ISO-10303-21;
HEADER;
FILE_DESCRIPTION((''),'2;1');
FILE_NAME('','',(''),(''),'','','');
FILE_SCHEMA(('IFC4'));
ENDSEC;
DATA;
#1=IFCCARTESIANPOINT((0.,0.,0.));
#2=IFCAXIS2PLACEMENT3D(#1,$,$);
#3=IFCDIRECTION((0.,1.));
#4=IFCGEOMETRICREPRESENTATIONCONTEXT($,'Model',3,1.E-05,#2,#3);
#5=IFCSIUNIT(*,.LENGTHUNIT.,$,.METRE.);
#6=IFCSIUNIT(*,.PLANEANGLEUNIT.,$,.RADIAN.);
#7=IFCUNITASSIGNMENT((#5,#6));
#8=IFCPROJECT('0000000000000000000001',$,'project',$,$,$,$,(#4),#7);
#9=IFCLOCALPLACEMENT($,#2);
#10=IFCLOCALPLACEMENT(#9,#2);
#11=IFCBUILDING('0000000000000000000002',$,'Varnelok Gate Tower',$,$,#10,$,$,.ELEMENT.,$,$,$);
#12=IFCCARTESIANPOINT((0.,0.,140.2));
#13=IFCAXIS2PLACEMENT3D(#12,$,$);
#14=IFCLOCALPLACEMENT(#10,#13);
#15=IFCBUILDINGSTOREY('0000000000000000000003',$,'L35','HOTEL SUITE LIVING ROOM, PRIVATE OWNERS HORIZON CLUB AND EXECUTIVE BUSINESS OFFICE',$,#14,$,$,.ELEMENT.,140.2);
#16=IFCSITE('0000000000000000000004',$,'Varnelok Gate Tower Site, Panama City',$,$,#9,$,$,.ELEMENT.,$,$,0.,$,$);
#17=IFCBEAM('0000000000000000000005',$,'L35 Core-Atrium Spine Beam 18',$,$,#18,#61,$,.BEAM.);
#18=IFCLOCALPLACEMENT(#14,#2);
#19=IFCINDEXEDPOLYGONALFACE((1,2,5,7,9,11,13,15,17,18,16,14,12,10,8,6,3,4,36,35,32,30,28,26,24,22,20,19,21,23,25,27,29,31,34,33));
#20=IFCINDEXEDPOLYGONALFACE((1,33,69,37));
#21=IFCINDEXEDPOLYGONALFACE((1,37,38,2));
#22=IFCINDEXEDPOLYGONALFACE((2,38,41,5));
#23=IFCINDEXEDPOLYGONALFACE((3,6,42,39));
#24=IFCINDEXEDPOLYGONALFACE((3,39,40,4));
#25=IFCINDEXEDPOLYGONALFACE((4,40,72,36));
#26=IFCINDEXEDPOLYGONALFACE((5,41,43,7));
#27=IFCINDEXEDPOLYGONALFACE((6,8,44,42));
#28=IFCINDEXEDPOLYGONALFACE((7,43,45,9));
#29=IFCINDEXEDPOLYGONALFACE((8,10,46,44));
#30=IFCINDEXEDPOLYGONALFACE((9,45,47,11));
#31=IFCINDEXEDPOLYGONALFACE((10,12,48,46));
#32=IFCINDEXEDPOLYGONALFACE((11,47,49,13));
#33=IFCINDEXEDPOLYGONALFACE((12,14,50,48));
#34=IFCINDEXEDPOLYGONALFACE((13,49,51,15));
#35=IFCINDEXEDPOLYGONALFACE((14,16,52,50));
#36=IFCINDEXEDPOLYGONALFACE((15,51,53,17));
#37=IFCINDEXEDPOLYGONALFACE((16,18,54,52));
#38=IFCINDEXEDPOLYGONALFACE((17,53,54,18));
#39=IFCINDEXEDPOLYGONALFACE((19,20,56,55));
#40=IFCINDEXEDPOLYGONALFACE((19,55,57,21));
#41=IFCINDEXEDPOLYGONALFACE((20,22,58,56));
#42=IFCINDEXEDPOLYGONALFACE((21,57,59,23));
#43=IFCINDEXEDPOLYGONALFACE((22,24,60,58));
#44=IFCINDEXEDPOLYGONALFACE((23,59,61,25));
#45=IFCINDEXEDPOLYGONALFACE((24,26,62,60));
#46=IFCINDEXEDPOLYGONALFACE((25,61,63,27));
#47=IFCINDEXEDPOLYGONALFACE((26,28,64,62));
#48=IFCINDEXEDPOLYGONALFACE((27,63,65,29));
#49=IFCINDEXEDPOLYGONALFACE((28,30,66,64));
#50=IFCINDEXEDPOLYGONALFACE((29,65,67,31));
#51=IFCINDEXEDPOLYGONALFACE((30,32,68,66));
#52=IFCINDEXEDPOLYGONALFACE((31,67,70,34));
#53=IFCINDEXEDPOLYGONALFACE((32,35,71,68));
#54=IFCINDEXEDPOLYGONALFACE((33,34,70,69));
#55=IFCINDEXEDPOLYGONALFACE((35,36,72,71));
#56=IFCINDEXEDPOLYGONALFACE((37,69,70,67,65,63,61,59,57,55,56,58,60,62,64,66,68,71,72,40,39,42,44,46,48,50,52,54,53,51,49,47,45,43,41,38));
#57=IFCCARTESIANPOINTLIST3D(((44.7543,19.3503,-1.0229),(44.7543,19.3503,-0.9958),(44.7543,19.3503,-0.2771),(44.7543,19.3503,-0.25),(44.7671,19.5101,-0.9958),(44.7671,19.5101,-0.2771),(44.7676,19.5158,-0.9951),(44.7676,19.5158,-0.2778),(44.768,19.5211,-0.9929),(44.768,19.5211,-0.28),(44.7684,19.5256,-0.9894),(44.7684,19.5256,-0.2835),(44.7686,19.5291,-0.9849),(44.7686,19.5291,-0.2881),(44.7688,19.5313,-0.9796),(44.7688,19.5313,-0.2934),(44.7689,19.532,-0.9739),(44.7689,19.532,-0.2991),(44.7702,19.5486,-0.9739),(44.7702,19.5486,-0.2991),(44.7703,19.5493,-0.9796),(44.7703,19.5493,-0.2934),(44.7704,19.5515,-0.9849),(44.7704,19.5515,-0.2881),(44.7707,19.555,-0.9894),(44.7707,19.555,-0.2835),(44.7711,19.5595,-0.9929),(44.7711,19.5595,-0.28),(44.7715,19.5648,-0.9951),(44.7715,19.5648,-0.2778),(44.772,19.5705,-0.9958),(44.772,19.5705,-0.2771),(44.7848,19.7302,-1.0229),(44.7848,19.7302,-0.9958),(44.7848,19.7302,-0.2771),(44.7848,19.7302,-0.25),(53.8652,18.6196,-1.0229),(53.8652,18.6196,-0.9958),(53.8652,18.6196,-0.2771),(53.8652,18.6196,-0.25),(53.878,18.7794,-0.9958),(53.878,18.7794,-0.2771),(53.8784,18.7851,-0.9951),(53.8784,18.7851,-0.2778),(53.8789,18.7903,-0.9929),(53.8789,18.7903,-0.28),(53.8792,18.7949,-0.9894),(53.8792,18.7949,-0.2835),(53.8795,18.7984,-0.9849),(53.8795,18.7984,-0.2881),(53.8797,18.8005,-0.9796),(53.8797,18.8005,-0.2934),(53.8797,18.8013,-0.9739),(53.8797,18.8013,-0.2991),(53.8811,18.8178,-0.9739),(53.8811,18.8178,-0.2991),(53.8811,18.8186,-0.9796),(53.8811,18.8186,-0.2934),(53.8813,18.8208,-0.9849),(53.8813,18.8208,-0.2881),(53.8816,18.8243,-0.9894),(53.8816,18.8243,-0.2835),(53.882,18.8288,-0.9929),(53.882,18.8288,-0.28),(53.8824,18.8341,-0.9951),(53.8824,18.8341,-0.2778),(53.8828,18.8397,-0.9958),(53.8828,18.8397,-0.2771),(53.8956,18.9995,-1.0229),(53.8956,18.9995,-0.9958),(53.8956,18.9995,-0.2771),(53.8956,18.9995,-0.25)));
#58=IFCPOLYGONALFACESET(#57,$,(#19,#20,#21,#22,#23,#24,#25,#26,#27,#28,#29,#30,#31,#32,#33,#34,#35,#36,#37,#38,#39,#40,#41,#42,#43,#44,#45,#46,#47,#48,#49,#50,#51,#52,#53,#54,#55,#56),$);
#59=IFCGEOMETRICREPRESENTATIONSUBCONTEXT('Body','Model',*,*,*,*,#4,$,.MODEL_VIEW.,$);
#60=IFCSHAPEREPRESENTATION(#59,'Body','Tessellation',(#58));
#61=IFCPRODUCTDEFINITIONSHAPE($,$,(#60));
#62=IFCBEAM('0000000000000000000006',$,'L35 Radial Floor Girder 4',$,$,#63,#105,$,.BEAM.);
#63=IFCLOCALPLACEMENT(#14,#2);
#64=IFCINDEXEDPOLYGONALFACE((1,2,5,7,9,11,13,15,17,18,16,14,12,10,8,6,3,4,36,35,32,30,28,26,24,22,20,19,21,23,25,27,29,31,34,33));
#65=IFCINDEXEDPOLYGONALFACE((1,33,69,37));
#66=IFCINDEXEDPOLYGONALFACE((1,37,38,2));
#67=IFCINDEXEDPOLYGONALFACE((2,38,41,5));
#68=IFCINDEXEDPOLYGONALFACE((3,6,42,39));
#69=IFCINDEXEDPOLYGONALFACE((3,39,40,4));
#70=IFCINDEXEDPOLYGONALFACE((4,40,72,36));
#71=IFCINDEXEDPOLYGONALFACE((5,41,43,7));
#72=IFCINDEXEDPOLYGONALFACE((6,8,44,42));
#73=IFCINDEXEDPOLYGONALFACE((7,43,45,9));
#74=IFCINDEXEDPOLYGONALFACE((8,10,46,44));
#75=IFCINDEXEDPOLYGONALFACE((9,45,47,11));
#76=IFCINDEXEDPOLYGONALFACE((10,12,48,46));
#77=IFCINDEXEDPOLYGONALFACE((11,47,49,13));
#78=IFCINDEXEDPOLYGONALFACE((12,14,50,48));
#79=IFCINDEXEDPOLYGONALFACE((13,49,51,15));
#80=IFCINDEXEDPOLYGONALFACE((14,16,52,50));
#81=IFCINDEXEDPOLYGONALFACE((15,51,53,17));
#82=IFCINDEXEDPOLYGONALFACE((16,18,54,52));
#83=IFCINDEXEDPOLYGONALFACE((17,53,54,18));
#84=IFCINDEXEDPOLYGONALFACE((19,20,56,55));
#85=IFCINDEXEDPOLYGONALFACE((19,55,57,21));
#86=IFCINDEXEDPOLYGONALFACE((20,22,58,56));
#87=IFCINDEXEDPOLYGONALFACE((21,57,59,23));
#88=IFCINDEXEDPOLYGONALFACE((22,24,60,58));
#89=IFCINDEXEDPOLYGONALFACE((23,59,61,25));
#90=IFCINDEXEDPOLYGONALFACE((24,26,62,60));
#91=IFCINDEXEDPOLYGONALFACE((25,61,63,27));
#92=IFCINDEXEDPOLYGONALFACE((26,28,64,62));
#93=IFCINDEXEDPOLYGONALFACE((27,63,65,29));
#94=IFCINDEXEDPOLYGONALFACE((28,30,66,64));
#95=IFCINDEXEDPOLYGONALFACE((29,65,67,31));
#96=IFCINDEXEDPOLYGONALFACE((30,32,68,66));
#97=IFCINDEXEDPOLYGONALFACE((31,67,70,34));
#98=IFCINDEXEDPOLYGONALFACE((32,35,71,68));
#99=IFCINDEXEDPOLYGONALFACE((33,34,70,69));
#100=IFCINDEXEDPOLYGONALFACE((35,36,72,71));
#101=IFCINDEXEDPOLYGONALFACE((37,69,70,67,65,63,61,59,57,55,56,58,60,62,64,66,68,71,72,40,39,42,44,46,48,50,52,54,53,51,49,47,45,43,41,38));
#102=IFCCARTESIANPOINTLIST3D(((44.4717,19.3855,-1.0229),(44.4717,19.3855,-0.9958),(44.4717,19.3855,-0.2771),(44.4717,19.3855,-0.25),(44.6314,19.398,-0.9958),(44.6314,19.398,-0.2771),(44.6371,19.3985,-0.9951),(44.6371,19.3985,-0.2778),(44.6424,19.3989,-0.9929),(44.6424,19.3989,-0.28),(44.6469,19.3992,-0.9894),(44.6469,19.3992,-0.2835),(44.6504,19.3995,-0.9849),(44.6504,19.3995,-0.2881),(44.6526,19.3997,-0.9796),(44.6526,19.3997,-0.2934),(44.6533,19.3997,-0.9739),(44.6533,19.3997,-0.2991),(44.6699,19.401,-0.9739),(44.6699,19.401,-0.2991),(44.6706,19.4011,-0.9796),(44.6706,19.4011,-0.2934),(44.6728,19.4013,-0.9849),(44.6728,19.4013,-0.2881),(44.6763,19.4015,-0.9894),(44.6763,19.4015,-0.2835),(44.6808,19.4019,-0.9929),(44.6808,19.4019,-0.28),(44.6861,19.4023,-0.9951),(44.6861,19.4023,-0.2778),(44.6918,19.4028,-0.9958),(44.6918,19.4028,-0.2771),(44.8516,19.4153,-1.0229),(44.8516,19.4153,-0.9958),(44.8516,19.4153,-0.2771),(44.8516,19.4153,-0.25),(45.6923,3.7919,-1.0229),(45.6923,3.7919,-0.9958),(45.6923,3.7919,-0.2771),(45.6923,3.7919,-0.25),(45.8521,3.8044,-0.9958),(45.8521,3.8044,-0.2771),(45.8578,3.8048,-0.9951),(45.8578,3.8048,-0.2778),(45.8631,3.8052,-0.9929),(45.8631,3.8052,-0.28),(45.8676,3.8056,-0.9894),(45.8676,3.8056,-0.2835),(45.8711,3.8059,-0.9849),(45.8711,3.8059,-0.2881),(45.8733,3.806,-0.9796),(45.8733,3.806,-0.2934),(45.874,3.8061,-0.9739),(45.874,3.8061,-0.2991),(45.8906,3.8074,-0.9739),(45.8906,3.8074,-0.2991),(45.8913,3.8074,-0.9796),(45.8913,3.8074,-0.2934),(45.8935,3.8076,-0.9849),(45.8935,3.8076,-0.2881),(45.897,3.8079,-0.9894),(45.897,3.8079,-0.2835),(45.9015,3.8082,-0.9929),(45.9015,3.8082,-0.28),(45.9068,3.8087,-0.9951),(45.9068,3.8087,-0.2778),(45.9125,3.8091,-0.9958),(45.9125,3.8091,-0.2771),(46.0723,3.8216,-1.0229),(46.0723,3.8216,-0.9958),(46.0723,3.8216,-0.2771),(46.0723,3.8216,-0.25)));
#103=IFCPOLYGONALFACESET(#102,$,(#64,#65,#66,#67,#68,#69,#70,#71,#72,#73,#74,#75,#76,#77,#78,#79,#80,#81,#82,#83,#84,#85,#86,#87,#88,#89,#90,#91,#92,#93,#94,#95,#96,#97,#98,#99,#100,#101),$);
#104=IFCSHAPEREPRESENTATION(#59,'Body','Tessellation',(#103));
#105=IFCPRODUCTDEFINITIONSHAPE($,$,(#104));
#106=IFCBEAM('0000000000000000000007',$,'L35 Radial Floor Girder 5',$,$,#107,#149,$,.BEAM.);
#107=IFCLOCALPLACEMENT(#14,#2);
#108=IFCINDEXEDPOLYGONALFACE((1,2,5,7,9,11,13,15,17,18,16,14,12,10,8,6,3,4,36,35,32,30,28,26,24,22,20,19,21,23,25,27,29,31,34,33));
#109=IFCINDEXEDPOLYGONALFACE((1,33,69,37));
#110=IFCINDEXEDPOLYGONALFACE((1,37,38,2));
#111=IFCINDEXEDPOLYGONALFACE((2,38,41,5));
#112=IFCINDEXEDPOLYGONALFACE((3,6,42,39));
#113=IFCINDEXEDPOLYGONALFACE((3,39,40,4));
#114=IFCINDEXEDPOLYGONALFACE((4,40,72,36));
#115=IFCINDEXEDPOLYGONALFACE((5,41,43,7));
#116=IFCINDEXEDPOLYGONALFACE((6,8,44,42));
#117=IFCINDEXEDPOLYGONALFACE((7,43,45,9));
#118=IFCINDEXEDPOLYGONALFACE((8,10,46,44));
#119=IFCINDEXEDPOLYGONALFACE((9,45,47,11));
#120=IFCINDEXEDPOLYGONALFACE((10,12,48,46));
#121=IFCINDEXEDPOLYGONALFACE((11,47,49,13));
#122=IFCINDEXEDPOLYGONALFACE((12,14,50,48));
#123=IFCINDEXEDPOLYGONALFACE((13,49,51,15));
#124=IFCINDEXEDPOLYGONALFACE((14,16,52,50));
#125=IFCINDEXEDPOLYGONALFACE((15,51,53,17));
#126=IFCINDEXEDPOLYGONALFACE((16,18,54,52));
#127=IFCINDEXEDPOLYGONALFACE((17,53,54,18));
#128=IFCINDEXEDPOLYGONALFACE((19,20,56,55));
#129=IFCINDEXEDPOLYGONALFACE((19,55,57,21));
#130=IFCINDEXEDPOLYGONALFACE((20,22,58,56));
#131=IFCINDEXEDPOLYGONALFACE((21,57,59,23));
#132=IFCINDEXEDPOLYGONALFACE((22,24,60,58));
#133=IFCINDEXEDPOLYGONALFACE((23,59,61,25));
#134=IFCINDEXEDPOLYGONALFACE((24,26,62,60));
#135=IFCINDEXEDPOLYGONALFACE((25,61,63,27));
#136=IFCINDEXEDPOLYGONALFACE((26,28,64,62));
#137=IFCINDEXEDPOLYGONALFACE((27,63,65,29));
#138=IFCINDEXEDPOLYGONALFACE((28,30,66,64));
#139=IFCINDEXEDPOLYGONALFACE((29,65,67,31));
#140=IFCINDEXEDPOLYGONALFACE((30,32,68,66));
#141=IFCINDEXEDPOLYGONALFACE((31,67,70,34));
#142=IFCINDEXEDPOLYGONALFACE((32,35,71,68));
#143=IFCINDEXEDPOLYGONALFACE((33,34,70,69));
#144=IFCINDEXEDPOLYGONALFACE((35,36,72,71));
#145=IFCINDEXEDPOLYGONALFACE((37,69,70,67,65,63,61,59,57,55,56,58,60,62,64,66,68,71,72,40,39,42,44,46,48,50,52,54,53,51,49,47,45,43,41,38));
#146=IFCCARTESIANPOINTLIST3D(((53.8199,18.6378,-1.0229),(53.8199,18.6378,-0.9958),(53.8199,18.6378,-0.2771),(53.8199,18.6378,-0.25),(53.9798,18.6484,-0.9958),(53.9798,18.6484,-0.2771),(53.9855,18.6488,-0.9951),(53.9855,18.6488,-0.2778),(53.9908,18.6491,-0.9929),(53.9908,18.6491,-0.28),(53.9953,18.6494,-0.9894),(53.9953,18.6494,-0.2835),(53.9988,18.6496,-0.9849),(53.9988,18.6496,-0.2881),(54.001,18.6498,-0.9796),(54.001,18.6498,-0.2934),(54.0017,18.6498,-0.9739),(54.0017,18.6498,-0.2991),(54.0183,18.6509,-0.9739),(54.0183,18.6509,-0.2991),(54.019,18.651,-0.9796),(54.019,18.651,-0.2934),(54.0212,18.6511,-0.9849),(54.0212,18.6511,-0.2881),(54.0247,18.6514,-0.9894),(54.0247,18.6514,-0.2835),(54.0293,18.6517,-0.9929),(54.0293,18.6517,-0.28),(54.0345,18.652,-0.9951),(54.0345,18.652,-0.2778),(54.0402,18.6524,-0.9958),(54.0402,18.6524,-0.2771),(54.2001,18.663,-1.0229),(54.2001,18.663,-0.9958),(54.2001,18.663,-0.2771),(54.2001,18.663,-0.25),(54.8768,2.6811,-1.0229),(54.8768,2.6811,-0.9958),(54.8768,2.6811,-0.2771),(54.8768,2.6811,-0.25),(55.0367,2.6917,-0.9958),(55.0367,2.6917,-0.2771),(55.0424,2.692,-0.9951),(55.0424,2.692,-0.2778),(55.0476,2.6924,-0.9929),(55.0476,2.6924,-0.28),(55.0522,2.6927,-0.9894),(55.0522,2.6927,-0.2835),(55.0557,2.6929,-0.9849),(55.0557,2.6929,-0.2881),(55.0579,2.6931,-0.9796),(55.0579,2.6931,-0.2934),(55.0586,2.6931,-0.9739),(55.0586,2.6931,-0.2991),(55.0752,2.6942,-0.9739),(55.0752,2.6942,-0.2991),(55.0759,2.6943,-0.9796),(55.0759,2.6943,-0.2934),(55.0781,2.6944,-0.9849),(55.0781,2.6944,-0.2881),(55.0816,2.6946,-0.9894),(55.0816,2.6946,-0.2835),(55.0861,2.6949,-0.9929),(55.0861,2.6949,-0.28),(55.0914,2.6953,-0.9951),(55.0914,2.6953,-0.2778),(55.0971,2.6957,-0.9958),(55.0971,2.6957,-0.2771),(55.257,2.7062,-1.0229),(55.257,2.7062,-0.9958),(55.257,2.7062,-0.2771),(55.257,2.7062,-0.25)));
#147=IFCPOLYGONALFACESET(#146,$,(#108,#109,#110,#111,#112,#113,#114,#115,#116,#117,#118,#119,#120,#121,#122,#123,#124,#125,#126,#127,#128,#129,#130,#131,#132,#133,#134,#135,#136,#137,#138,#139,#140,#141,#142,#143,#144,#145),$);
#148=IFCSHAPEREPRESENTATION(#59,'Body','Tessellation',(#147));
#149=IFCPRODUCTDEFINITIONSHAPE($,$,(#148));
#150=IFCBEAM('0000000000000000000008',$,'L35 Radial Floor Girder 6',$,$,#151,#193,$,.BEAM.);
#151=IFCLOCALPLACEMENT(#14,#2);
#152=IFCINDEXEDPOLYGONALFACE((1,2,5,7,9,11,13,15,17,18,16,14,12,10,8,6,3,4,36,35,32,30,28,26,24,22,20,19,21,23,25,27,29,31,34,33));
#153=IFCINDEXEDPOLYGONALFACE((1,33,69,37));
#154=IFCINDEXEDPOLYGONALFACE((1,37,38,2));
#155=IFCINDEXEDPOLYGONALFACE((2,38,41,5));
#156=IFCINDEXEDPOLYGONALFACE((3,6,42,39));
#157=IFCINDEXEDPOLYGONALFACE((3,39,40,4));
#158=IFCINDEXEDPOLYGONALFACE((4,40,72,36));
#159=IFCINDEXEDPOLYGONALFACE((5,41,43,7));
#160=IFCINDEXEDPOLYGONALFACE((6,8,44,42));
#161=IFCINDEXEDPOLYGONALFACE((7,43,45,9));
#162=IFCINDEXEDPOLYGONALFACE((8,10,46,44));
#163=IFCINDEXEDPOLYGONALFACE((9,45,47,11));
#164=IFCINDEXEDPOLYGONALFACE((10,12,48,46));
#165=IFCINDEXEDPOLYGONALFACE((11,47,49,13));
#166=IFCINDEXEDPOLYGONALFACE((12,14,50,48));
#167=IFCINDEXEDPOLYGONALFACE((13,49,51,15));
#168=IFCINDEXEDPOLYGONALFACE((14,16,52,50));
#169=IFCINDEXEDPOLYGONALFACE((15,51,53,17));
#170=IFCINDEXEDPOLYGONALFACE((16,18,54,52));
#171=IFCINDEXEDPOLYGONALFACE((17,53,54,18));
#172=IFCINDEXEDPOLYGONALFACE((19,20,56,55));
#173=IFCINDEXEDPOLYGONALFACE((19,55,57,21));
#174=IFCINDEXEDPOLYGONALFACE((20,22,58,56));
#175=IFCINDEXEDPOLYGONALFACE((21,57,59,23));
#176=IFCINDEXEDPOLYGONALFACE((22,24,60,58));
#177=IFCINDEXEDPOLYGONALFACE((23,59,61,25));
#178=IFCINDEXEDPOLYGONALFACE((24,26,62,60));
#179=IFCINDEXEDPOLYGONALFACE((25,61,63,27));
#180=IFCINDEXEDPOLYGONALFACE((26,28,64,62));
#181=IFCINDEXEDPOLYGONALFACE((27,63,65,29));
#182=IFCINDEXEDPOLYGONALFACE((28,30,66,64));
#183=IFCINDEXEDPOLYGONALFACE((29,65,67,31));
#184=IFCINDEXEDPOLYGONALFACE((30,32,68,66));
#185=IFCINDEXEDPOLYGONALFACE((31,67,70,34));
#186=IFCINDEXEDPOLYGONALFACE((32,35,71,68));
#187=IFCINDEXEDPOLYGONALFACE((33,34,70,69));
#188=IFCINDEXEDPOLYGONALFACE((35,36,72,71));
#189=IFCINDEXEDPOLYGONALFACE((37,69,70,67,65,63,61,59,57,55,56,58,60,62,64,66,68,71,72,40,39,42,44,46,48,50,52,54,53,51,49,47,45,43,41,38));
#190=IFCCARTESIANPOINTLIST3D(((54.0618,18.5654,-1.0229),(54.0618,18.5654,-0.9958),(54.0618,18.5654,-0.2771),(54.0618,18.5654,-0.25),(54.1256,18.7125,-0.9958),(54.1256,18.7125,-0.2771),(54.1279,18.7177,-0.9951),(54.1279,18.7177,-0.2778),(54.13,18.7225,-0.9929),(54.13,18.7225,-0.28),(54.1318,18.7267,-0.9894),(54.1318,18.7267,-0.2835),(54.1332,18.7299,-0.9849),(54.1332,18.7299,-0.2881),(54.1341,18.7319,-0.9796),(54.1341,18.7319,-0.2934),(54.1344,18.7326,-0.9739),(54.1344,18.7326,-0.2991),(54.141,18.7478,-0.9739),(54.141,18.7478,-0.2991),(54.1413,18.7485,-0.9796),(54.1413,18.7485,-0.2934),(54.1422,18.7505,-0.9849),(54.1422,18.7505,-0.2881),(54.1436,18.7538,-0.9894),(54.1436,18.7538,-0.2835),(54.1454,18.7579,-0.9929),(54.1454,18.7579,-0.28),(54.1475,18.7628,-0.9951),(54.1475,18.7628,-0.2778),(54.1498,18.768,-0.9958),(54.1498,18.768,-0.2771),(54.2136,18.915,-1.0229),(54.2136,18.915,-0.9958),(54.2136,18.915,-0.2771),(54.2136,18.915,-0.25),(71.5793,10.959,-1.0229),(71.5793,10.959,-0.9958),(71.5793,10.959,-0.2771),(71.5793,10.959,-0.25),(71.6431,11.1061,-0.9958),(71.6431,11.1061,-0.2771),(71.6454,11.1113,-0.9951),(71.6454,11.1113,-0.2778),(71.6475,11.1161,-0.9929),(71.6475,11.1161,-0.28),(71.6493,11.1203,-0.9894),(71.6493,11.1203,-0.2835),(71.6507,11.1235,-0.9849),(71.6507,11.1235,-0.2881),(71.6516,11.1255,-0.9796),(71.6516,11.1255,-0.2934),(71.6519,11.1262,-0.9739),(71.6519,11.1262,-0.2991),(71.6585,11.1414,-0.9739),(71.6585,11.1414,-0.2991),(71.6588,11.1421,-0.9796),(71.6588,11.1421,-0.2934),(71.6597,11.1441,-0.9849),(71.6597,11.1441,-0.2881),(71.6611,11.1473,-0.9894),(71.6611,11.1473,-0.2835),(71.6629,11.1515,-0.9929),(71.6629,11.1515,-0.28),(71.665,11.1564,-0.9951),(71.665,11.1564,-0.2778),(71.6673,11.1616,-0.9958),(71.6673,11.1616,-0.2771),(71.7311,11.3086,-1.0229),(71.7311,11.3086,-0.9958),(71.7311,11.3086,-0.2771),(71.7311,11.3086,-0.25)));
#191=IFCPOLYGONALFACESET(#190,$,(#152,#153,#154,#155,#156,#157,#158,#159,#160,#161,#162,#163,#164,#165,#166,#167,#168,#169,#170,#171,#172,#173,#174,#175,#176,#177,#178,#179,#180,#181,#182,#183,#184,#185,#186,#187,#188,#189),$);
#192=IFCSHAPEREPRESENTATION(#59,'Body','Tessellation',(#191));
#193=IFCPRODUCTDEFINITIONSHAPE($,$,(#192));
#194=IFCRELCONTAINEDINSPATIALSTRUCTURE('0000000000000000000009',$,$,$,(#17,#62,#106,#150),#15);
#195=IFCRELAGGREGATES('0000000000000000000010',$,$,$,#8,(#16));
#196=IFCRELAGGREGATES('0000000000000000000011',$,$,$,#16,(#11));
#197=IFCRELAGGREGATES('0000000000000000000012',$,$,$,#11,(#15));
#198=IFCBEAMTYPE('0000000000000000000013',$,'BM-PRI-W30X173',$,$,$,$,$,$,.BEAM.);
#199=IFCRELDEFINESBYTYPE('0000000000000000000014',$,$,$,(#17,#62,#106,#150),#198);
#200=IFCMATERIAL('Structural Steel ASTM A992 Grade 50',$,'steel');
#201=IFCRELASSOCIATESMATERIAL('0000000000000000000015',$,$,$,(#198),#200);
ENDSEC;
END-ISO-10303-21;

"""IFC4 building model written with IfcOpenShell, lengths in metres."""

from ifc_helpers import new_model, si_unit, direction, frame, origin, origin_2d, place, context, subcontext, project, spatial, i_section, extrude, material, material_profile, profile_set, type_object, element, save


model = new_model("IFC4")

# Units and contexts
model_context = context("Model", 3, precision=1e-05, world=origin(), true_north=direction((0.0, 1.0)))
body_context = subcontext(model_context, "Body", "Model", "MODEL_VIEW")
ifc_project = project(units=[si_unit("LENGTHUNIT", "METRE"), si_unit("PLANEANGLEUNIT", "RADIAN")], contexts=[model_context])

# Site, building, storey
site_placement = place(None, origin())
site = spatial("IfcSite", under=ifc_project, at=site_placement, Name="Varnelok Gate Tower Site, Panama City", CompositionType="ELEMENT", RefElevation=0.0)
building_placement = place(site_placement, origin())
building = spatial("IfcBuilding", under=site, at=building_placement, Name="Varnelok Gate Tower", CompositionType="ELEMENT")
storey_placement = place(building_placement, frame((0.0, 0.0, 140.2)))
storey = spatial("IfcBuildingStorey", under=building, at=storey_placement, Name="L35", Description="HOTEL SUITE LIVING ROOM, PRIVATE OWNERS HORIZON CLUB AND EXECUTIVE BUSINESS OFFICE", CompositionType="ELEMENT", Elevation=140.2)

# Shared definitions
ifc_material_1 = material(Name="Structural Steel ASTM A992 Grade 50", Category="steel")

# Beams
ifc_material_profile_1 = material_profile(ifc_material_1, i_section(OverallWidth=0.3811, OverallDepth=0.7729, WebThickness=0.0166, FlangeThickness=0.0271, FilletRadius=0.022, at=origin_2d()), Name="W30X173")
ifc_profile_set_1 = profile_set([ifc_material_profile_1], Name="Structural Steel ASTM A992 Grade 50")
beam_type_1 = type_object("IfcBeamType", Name="BM-PRI-W30X173", PredefinedType="BEAM", material=ifc_profile_set_1)
beam_1_placement = place(storey_placement, frame((44.7695, 19.5403, -0.6365), z_axis=(0.996799, -0.079946, 0.0), x_axis=(0.079946, 0.996799, 0.0)))
element("IfcBeam", 1, at=beam_1_placement, inside=storey, type_object=beam_type_1, Name="L35 Core-Atrium Spine Beam 18", PredefinedType="BEAM", context=body_context, shape_type="SweptSolid", body=[
    extrude(i_section(OverallWidth=0.3811, OverallDepth=0.7729, WebThickness=0.0166, FlangeThickness=0.0271, FilletRadius=0.022, at=origin_2d()), origin(), (0.0, 0.0, 1.0), 9.1401),
])
beam_2_placement = place(storey_placement, frame((44.6616, 19.4004, -0.6365), z_axis=(0.078043, -0.99695, 0.0), x_axis=(0.99695, 0.078043, 0.0)))
element("IfcBeam", 2, at=beam_2_placement, inside=storey, type_object=beam_type_1, Name="L35 Radial Floor Girder 4", PredefinedType="BEAM", context=body_context, shape_type="SweptSolid", body=[
    extrude(i_section(OverallWidth=0.3811, OverallDepth=0.7729, WebThickness=0.0166, FlangeThickness=0.0271, FilletRadius=0.022, at=origin_2d()), origin(), (0.0, 0.0, 1.0), 15.6414),
])
beam_3_placement = place(storey_placement, frame((54.01, 18.6504, -0.6365), z_axis=(0.066089, -0.997814, 0.0), x_axis=(0.997814, 0.066089, 0.0)))
element("IfcBeam", 3, at=beam_3_placement, inside=storey, type_object=beam_type_1, Name="L35 Radial Floor Girder 5", PredefinedType="BEAM", context=body_context, shape_type="SweptSolid", body=[
    extrude(i_section(OverallWidth=0.3811, OverallDepth=0.7729, WebThickness=0.0166, FlangeThickness=0.0271, FilletRadius=0.022, at=origin_2d()), origin(), (0.0, 0.0, 1.0), 15.9917),
])
beam_4_placement = place(storey_placement, frame((54.1377, 18.7402, -0.6365), z_axis=(0.917259, -0.39829, 0.0), x_axis=(0.39829, 0.917259, 0.0)))
element("IfcBeam", 4, at=beam_4_placement, inside=storey, type_object=beam_type_1, Name="L35 Radial Floor Girder 6", PredefinedType="BEAM", context=body_context, shape_type="SweptSolid", body=[
    extrude(i_section(OverallWidth=0.3811, OverallDepth=0.7729, WebThickness=0.0166, FlangeThickness=0.0271, FilletRadius=0.022, at=origin_2d()), origin(), (0.0, 0.0, 1.0), 19.0977),
])

save(model, "model.ifc")
